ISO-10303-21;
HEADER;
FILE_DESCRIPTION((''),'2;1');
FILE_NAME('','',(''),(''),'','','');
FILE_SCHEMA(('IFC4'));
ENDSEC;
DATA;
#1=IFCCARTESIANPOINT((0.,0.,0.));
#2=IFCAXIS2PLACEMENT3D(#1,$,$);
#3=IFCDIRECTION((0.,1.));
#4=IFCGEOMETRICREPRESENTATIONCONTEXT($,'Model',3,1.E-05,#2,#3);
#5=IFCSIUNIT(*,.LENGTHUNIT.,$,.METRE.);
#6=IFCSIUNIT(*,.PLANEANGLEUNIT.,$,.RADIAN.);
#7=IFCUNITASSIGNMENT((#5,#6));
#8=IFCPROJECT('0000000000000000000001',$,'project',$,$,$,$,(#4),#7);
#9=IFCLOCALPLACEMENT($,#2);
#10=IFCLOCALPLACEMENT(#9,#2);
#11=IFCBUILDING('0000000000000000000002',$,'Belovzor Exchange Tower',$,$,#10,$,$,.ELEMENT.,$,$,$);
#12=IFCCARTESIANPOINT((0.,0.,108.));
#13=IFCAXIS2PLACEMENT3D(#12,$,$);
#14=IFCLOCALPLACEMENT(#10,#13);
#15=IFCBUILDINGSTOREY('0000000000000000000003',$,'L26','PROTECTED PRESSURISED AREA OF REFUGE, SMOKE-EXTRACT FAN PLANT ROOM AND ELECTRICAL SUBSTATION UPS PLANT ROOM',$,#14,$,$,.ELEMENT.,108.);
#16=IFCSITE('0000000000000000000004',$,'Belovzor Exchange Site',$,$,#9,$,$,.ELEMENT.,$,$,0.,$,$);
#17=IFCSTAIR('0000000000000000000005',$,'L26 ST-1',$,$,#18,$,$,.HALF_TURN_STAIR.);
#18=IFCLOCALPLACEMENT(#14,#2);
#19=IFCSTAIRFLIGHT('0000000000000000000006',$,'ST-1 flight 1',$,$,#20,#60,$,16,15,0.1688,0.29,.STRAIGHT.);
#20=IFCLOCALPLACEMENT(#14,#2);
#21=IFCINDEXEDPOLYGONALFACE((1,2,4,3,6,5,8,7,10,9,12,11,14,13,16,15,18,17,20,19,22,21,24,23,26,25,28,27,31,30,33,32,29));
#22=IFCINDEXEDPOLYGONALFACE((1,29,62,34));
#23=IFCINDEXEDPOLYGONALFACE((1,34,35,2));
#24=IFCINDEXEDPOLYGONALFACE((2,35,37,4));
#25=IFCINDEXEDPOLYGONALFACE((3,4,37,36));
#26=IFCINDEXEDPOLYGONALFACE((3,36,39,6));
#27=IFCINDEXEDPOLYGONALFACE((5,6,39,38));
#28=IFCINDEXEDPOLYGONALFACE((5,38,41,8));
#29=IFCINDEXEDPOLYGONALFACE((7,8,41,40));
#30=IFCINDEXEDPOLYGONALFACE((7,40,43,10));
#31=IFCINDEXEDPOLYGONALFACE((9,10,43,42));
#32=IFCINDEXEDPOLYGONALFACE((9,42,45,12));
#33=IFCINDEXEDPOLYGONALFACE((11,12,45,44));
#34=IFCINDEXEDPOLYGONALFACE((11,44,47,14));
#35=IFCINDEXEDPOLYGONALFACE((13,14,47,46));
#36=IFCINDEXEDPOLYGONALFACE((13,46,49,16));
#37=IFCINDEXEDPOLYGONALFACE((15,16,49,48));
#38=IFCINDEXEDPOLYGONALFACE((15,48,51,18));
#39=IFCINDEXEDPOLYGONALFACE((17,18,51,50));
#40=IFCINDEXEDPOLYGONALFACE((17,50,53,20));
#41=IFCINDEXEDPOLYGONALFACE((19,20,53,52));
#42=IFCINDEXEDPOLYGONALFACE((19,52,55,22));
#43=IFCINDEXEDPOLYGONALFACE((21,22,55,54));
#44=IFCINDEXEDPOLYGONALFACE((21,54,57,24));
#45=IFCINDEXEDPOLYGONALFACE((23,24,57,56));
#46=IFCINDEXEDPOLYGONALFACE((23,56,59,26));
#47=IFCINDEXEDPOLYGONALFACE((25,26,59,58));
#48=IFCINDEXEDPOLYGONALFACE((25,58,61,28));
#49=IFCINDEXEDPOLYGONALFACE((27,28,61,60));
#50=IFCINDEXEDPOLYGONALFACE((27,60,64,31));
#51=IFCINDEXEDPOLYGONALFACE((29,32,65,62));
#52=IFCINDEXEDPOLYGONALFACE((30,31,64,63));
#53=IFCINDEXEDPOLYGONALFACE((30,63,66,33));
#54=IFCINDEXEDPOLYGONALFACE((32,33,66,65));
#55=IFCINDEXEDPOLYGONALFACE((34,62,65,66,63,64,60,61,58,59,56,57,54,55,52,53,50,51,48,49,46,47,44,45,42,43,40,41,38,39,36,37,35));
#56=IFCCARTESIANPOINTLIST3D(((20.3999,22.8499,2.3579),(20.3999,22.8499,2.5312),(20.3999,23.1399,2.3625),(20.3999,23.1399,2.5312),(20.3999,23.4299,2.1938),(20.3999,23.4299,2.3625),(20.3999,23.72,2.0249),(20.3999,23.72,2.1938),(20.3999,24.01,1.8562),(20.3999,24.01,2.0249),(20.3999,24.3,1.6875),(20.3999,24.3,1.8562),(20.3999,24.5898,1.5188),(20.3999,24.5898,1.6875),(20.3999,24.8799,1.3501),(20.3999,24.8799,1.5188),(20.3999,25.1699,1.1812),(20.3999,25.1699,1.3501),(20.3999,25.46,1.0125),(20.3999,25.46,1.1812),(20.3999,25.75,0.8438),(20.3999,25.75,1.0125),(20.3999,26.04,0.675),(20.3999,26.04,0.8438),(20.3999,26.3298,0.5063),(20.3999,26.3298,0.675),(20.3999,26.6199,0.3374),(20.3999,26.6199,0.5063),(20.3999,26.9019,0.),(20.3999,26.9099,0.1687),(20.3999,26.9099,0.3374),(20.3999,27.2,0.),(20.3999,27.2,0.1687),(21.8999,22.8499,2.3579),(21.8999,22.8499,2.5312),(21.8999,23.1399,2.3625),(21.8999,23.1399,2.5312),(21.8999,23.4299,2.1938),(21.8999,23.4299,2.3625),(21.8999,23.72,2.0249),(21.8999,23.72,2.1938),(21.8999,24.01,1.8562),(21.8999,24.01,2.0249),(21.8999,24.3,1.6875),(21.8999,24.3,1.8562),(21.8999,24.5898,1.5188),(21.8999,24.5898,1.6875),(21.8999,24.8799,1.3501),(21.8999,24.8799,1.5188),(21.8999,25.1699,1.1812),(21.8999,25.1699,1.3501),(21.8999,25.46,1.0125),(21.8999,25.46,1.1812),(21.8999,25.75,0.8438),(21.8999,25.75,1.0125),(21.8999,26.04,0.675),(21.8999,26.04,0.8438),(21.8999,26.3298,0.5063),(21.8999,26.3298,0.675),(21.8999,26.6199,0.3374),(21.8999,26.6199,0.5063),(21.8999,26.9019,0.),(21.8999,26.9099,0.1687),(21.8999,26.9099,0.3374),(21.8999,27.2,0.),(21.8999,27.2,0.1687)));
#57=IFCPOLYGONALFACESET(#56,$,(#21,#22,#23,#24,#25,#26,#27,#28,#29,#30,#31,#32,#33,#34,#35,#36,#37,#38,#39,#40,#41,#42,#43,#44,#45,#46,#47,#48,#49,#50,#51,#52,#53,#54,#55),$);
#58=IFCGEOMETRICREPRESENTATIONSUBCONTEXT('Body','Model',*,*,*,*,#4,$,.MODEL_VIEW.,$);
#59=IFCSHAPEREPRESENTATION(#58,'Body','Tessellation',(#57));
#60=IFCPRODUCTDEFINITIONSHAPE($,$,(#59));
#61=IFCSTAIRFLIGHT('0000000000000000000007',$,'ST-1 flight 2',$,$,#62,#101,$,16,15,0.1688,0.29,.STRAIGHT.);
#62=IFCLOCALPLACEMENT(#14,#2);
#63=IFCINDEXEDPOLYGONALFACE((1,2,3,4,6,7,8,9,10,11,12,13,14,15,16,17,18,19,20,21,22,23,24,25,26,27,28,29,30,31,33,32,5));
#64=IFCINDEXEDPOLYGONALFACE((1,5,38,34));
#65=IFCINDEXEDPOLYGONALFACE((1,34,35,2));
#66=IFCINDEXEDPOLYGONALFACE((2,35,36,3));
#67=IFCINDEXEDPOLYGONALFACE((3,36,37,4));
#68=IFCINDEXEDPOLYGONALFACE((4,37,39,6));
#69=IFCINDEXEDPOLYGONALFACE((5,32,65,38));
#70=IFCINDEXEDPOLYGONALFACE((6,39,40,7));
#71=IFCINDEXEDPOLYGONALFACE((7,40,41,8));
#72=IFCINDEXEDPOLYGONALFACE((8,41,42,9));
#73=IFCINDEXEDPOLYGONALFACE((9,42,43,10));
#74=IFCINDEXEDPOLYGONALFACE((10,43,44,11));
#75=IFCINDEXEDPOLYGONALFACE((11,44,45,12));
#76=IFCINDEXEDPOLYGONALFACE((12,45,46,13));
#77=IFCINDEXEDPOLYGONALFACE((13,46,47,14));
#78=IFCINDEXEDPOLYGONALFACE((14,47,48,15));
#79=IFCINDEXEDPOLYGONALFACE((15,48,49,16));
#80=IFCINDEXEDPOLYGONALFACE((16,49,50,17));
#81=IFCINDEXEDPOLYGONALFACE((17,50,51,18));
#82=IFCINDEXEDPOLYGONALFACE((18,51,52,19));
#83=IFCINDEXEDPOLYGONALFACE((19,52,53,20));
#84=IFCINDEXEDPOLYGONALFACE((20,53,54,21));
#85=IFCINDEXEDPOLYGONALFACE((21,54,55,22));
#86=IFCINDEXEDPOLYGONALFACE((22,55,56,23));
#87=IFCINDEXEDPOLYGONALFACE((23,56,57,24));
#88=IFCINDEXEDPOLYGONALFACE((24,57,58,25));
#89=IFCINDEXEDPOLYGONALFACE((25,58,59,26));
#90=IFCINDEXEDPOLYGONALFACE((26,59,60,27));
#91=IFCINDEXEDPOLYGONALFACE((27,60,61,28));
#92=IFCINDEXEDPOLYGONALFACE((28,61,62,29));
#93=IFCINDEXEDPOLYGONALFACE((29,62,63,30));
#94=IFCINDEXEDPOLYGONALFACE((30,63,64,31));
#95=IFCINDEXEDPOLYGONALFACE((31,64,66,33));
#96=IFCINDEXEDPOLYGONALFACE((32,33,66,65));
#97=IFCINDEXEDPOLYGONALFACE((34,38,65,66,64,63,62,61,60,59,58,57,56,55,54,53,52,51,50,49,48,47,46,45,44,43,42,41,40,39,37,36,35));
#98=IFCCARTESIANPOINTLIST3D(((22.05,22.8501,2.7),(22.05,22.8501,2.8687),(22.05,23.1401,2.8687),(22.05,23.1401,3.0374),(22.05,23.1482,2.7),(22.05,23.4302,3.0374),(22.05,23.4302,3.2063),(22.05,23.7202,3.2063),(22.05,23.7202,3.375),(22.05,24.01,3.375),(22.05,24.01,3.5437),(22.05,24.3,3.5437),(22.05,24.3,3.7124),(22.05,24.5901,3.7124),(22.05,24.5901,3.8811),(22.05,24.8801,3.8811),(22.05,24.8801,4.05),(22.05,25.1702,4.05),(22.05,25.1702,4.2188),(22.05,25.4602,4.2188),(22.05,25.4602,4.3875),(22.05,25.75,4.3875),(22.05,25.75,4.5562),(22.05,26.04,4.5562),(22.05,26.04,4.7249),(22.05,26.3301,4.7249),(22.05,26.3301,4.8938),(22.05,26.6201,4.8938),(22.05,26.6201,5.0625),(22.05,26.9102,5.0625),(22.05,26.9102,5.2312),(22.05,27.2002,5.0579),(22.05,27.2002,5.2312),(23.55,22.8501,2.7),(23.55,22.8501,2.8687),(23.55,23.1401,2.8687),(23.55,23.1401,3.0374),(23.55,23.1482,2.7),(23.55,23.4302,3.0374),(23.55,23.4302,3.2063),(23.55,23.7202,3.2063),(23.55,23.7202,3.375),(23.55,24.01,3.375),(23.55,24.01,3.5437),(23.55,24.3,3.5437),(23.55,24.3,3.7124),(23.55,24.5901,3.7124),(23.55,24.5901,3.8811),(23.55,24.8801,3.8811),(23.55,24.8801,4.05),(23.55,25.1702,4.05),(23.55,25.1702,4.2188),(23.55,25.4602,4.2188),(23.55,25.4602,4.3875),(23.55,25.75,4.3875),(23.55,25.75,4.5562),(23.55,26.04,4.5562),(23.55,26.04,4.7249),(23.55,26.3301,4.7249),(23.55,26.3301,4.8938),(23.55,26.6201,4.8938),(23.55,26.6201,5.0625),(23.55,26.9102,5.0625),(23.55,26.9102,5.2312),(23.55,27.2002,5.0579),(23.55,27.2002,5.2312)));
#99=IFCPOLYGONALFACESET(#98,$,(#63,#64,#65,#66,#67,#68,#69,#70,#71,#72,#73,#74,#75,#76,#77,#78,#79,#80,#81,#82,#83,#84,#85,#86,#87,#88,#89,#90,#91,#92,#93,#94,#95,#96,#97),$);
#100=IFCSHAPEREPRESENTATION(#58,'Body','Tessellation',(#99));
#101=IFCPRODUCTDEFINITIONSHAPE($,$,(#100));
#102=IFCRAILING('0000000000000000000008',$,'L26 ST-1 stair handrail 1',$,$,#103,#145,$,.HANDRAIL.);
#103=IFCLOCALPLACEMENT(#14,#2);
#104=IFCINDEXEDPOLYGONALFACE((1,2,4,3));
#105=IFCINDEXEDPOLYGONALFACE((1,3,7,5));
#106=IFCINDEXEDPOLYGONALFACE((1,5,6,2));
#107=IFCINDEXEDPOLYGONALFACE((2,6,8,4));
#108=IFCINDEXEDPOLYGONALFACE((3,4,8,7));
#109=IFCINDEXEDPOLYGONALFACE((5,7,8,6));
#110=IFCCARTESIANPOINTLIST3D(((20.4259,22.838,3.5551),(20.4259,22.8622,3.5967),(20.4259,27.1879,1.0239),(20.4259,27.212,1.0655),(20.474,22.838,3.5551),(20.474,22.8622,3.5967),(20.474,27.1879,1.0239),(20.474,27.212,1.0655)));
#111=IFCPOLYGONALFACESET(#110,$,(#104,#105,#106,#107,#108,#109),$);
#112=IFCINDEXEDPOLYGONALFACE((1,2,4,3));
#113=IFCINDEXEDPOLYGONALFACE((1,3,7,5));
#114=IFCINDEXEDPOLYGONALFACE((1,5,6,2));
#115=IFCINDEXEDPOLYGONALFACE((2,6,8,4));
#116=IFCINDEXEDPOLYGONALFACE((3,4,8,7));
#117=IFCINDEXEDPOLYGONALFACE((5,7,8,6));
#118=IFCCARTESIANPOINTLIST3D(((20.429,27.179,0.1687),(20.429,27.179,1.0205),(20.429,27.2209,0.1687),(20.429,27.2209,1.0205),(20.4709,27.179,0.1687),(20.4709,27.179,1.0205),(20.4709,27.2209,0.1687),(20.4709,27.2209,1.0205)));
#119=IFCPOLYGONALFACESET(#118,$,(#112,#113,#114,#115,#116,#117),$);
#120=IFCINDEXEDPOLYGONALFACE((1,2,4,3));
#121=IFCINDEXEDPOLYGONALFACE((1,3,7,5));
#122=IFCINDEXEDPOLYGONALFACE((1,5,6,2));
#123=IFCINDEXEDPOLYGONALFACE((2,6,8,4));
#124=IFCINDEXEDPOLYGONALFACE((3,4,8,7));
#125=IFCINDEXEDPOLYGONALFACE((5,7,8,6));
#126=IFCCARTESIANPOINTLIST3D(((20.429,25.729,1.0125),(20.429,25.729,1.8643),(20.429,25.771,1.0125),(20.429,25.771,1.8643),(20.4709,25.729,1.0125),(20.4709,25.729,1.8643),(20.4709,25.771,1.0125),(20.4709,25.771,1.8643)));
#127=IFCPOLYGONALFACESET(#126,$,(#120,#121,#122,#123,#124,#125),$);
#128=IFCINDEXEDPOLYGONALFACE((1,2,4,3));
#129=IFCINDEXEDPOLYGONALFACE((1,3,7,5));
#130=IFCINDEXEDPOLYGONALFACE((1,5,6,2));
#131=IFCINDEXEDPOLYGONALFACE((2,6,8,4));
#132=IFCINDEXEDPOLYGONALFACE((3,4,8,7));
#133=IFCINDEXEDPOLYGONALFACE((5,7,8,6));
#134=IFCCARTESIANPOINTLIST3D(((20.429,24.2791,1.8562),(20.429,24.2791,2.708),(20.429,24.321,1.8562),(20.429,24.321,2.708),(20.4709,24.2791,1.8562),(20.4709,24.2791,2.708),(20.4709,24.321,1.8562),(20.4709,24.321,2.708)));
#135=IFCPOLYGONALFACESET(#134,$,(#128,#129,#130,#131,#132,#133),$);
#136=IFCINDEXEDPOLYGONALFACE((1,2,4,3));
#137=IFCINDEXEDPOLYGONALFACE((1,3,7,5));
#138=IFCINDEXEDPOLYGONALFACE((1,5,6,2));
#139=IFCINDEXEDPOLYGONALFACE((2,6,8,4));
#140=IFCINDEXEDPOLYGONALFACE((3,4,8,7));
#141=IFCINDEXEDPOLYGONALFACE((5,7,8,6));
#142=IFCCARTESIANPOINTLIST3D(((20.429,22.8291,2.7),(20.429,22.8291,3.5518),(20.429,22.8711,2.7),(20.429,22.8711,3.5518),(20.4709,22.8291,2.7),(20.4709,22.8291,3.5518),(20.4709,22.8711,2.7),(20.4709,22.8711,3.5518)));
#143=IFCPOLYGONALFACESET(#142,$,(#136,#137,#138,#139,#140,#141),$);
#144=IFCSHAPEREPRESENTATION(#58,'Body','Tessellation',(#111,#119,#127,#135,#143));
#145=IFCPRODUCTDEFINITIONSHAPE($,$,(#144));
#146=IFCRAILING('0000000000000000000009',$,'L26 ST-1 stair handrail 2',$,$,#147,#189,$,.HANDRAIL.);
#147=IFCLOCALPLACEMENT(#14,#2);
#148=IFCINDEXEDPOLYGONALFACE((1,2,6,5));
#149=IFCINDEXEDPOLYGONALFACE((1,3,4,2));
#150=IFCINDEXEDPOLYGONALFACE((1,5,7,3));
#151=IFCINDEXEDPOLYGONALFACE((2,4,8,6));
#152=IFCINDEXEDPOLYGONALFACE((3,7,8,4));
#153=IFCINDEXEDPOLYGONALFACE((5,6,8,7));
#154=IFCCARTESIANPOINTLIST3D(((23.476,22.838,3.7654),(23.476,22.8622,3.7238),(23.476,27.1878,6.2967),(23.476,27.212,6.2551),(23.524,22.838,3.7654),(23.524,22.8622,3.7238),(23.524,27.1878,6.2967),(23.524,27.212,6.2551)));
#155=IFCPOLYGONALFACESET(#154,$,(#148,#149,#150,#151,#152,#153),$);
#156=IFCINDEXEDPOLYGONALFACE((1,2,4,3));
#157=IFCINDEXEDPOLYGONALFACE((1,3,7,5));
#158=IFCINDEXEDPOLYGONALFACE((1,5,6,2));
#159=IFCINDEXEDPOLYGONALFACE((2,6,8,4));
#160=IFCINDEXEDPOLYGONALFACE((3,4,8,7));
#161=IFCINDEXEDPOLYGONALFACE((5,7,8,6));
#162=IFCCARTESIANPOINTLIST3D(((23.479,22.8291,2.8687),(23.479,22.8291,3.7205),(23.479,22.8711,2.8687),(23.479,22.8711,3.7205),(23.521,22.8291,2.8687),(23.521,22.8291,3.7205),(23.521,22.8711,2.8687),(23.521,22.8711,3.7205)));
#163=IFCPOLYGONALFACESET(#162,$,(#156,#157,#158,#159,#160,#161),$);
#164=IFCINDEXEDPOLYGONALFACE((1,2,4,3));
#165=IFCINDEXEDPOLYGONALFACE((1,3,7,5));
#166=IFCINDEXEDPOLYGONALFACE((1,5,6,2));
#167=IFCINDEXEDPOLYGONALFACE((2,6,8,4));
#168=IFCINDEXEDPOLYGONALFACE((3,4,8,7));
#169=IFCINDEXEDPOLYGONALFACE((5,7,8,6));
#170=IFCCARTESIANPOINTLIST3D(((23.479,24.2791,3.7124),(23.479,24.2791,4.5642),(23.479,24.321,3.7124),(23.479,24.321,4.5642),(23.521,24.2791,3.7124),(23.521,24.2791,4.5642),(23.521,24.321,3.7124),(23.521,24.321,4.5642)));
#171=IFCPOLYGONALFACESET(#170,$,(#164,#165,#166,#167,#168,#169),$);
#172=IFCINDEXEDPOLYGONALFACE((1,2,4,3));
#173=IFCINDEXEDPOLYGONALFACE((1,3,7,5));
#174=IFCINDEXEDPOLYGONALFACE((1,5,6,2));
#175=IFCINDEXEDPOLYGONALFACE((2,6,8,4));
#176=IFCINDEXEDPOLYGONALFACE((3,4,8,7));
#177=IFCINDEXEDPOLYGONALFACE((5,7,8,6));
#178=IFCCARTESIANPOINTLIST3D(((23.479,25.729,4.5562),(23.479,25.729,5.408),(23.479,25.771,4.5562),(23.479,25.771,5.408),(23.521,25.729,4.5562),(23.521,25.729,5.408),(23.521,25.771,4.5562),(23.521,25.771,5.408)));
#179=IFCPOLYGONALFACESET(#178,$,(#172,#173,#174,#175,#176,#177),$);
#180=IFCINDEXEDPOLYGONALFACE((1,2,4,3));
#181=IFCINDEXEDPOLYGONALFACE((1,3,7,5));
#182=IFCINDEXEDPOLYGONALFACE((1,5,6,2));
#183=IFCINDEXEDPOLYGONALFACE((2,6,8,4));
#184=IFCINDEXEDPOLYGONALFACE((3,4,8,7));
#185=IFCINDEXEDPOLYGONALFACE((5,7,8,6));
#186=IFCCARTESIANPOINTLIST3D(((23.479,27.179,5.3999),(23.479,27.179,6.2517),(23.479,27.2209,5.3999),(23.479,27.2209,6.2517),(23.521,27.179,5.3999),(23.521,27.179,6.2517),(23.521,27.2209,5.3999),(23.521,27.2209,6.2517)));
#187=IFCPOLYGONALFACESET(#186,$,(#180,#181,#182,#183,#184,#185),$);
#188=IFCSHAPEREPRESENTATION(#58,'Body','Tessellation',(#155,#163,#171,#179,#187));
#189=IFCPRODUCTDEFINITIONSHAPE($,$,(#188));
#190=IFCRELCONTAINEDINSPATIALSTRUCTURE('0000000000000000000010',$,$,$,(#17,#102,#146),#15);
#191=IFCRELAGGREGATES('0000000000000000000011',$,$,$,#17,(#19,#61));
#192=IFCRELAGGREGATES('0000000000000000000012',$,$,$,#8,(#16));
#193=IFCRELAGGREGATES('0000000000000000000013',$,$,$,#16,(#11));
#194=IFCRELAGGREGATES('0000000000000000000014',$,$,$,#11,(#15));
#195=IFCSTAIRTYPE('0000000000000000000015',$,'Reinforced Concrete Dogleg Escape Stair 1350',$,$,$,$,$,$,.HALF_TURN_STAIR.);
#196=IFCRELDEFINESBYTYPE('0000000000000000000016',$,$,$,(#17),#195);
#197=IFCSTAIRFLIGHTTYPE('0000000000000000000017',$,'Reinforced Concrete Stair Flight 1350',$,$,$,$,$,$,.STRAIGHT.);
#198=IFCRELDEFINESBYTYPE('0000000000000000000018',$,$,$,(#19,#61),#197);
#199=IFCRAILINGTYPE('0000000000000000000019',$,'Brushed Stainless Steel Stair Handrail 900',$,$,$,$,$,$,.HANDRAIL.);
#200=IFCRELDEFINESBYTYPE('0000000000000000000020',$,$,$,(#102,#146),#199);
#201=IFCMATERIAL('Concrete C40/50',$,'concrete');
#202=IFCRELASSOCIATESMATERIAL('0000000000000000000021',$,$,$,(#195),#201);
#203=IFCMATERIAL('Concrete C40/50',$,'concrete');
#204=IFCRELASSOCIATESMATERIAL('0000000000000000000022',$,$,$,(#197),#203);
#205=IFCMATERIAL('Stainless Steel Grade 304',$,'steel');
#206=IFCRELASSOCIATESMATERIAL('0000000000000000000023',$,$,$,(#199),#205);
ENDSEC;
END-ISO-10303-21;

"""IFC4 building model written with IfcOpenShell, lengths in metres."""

from ifc_helpers import new_model, si_unit, direction, frame, origin, origin_2d, place, context, subcontext, project, spatial, polyline, rectangle, outline, extrude, material, type_object, element, aggregate, save


model = new_model("IFC4")

# Units and contexts
model_context = context("Model", 3, precision=1e-05, world=origin(), true_north=direction((0.0, 1.0)))
body_context = subcontext(model_context, "Body", "Model", "MODEL_VIEW")
ifc_project = project(units=[si_unit("LENGTHUNIT", "METRE"), si_unit("PLANEANGLEUNIT", "RADIAN")], contexts=[model_context])

# Site, building, storey
site_placement = place(None, origin())
site = spatial("IfcSite", under=ifc_project, at=site_placement, Name="Belovzor Exchange Site", CompositionType="ELEMENT", RefElevation=0.0)
building_placement = place(site_placement, origin())
building = spatial("IfcBuilding", under=site, at=building_placement, Name="Belovzor Exchange Tower", CompositionType="ELEMENT")
storey_placement = place(building_placement, frame((0.0, 0.0, 108.0)))
storey = spatial("IfcBuildingStorey", under=building, at=storey_placement, Name="L26", Description="PROTECTED PRESSURISED AREA OF REFUGE, SMOKE-EXTRACT FAN PLANT ROOM AND ELECTRICAL SUBSTATION UPS PLANT ROOM", CompositionType="ELEMENT", Elevation=108.0)

# Stair, stair flights
ifc_material_1 = material(Name="Concrete C40/50", Category="concrete")
stair_type = type_object("IfcStairType", Name="Reinforced Concrete Dogleg Escape Stair 1350", PredefinedType="HALF_TURN_STAIR", material=ifc_material_1)
stair_placement = place(storey_placement, origin())
stair = element("IfcStair", 1, at=stair_placement, inside=storey, type_object=stair_type, Name="L26 ST-1", PredefinedType="HALF_TURN_STAIR")
ifc_material_2 = material(Name="Concrete C40/50", Category="concrete")
stair_flight_type = type_object("IfcStairFlightType", Name="Reinforced Concrete Stair Flight 1350", PredefinedType="STRAIGHT", material=ifc_material_2)
stair_flight_1_placement = place(storey_placement, frame((21.1499, 27.2, 0.0), z_axis=(0.0, 0.0, 1.0), x_axis=(0.0, -1.0, 0.0)))
stair_flight_1 = element("IfcStairFlight", 2, at=stair_flight_1_placement, type_object=stair_flight_type, Name="ST-1 flight 1", NumberOfRisers=16, NumberOfTreads=15, PredefinedType="STRAIGHT", RiserHeight=0.1688, TreadLength=0.29, context=body_context, shape_type="SweptSolid", body=[
    extrude(outline(polyline([(0.0, 0.0), (0.0, 0.1687), (0.29, 0.1687), (0.29, 0.3374), (0.5801, 0.3374), (0.5801, 0.5063), (0.8701, 0.5063), (0.8701, 0.675), (1.1599, 0.675), (1.1599, 0.8438), (1.45, 0.8438), (1.45, 1.0125), (1.74, 1.0125), (1.74, 1.1812), (2.03, 1.1812), (2.03, 1.3501), (2.3201, 1.3501), (2.3201, 1.5188), (2.6101, 1.5188), (2.6101, 1.6875), (2.8999, 1.6875), (2.8999, 1.8562), (3.1899, 1.8562), (3.1899, 2.0249), (3.48, 2.0249), (3.48, 2.1938), (3.77, 2.1938), (3.77, 2.3625), (4.0601, 2.3625), (4.0601, 2.5312), (4.3501, 2.5312), (4.3501, 2.7), (4.3501, 2.3579), (0.2981, 0.0), (0.0, 0.0)])), frame((0.0, 0.75, 0.0), z_axis=(0.0, -1.0, 0.0), x_axis=(1.0, 0.0, 0.0)), (0.0, 0.0, 1.0), 1.5),
])
stair_flight_2_placement = place(storey_placement, frame((22.8, 22.8501, 2.7), z_axis=(0.0, 0.0, 1.0), x_axis=(0.0, 1.0, 0.0)))
stair_flight_2 = element("IfcStairFlight", 3, at=stair_flight_2_placement, type_object=stair_flight_type, Name="ST-1 flight 2", NumberOfRisers=16, NumberOfTreads=15, PredefinedType="STRAIGHT", RiserHeight=0.1688, TreadLength=0.29, context=body_context, shape_type="SweptSolid", body=[
    extrude(outline(polyline([(0.0, 0.0), (0.0, 0.1687), (0.29, 0.1687), (0.29, 0.3374), (0.5801, 0.3374), (0.5801, 0.5063), (0.8701, 0.5063), (0.8701, 0.675), (1.1599, 0.675), (1.1599, 0.8438), (1.45, 0.8438), (1.45, 1.0125), (1.74, 1.0125), (1.74, 1.1812), (2.03, 1.1812), (2.03, 1.3501), (2.3201, 1.3501), (2.3201, 1.5188), (2.6101, 1.5188), (2.6101, 1.6875), (2.8999, 1.6875), (2.8999, 1.8562), (3.1899, 1.8562), (3.1899, 2.0249), (3.48, 2.0249), (3.48, 2.1938), (3.77, 2.1938), (3.77, 2.3625), (4.0601, 2.3625), (4.0601, 2.5312), (4.3501, 2.5312), (4.3501, 2.7), (4.3501, 2.3579), (0.2981, 0.0), (0.0, 0.0)])), frame((0.0, 0.75, 0.0), z_axis=(0.0, -1.0, 0.0), x_axis=(1.0, 0.0, 0.0)), (0.0, 0.0, 1.0), 1.5),
])
aggregate(stair, [stair_flight_1, stair_flight_2])

# Railings
ifc_material_3 = material(Name="Stainless Steel Grade 304", Category="steel")
railing_type_1 = type_object("IfcRailingType", Name="Brushed Stainless Steel Stair Handrail 900", PredefinedType="HANDRAIL", material=ifc_material_3)
railing_1_placement = place(storey_placement, frame((20.45, 27.2, 0.1687)))
element("IfcRailing", 4, at=railing_1_placement, inside=storey, type_object=railing_type_1, Name="L26 ST-1 stair handrail 1", PredefinedType="HANDRAIL", context=body_context, shape_type="SweptSolid", body=[
    extrude(rectangle(XDim=0.0481, YDim=0.0481, at=origin_2d()), frame((0.0, 0.0, 0.876), z_axis=(0.0, -0.864312, 0.502957), x_axis=(1.0, 0.0, 0.0)), (0.0, 0.0, 1.0), 5.0327),
    extrude(rectangle(XDim=0.042, YDim=0.042, at=origin_2d()), origin(), (0.0, 0.0, 1.0), 0.8518),
    extrude(rectangle(XDim=0.042, YDim=0.042, at=origin_2d()), frame((0.0, -1.45, 0.8438)), (0.0, 0.0, 1.0), 0.8518),
    extrude(rectangle(XDim=0.042, YDim=0.042, at=origin_2d()), frame((0.0, -2.8999, 1.6875)), (0.0, 0.0, 1.0), 0.8518),
    extrude(rectangle(XDim=0.042, YDim=0.042, at=origin_2d()), frame((0.0, -4.3499, 2.5312)), (0.0, 0.0, 1.0), 0.8518),
])
railing_2_placement = place(storey_placement, frame((23.5, 22.8501, 2.8687)))
element("IfcRailing", 5, at=railing_2_placement, inside=storey, type_object=railing_type_1, Name="L26 ST-1 stair handrail 2", PredefinedType="HANDRAIL", context=body_context, shape_type="SweptSolid", body=[
    extrude(rectangle(XDim=0.0481, YDim=0.0481, at=origin_2d()), frame((0.0, 0.0, 0.876), z_axis=(0.0, 0.864312, 0.502957), x_axis=(-1.0, 0.0, 0.0)), (0.0, 0.0, 1.0), 5.0327),
    extrude(rectangle(XDim=0.042, YDim=0.042, at=origin_2d()), origin(), (0.0, 0.0, 1.0), 0.8518),
    extrude(rectangle(XDim=0.042, YDim=0.042, at=origin_2d()), frame((0.0, 1.45, 0.8438)), (0.0, 0.0, 1.0), 0.8518),
    extrude(rectangle(XDim=0.042, YDim=0.042, at=origin_2d()), frame((0.0, 2.8999, 1.6875)), (0.0, 0.0, 1.0), 0.8518),
    extrude(rectangle(XDim=0.042, YDim=0.042, at=origin_2d()), frame((0.0, 4.3499, 2.5312)), (0.0, 0.0, 1.0), 0.8518),
])

save(model, "model.ifc")
